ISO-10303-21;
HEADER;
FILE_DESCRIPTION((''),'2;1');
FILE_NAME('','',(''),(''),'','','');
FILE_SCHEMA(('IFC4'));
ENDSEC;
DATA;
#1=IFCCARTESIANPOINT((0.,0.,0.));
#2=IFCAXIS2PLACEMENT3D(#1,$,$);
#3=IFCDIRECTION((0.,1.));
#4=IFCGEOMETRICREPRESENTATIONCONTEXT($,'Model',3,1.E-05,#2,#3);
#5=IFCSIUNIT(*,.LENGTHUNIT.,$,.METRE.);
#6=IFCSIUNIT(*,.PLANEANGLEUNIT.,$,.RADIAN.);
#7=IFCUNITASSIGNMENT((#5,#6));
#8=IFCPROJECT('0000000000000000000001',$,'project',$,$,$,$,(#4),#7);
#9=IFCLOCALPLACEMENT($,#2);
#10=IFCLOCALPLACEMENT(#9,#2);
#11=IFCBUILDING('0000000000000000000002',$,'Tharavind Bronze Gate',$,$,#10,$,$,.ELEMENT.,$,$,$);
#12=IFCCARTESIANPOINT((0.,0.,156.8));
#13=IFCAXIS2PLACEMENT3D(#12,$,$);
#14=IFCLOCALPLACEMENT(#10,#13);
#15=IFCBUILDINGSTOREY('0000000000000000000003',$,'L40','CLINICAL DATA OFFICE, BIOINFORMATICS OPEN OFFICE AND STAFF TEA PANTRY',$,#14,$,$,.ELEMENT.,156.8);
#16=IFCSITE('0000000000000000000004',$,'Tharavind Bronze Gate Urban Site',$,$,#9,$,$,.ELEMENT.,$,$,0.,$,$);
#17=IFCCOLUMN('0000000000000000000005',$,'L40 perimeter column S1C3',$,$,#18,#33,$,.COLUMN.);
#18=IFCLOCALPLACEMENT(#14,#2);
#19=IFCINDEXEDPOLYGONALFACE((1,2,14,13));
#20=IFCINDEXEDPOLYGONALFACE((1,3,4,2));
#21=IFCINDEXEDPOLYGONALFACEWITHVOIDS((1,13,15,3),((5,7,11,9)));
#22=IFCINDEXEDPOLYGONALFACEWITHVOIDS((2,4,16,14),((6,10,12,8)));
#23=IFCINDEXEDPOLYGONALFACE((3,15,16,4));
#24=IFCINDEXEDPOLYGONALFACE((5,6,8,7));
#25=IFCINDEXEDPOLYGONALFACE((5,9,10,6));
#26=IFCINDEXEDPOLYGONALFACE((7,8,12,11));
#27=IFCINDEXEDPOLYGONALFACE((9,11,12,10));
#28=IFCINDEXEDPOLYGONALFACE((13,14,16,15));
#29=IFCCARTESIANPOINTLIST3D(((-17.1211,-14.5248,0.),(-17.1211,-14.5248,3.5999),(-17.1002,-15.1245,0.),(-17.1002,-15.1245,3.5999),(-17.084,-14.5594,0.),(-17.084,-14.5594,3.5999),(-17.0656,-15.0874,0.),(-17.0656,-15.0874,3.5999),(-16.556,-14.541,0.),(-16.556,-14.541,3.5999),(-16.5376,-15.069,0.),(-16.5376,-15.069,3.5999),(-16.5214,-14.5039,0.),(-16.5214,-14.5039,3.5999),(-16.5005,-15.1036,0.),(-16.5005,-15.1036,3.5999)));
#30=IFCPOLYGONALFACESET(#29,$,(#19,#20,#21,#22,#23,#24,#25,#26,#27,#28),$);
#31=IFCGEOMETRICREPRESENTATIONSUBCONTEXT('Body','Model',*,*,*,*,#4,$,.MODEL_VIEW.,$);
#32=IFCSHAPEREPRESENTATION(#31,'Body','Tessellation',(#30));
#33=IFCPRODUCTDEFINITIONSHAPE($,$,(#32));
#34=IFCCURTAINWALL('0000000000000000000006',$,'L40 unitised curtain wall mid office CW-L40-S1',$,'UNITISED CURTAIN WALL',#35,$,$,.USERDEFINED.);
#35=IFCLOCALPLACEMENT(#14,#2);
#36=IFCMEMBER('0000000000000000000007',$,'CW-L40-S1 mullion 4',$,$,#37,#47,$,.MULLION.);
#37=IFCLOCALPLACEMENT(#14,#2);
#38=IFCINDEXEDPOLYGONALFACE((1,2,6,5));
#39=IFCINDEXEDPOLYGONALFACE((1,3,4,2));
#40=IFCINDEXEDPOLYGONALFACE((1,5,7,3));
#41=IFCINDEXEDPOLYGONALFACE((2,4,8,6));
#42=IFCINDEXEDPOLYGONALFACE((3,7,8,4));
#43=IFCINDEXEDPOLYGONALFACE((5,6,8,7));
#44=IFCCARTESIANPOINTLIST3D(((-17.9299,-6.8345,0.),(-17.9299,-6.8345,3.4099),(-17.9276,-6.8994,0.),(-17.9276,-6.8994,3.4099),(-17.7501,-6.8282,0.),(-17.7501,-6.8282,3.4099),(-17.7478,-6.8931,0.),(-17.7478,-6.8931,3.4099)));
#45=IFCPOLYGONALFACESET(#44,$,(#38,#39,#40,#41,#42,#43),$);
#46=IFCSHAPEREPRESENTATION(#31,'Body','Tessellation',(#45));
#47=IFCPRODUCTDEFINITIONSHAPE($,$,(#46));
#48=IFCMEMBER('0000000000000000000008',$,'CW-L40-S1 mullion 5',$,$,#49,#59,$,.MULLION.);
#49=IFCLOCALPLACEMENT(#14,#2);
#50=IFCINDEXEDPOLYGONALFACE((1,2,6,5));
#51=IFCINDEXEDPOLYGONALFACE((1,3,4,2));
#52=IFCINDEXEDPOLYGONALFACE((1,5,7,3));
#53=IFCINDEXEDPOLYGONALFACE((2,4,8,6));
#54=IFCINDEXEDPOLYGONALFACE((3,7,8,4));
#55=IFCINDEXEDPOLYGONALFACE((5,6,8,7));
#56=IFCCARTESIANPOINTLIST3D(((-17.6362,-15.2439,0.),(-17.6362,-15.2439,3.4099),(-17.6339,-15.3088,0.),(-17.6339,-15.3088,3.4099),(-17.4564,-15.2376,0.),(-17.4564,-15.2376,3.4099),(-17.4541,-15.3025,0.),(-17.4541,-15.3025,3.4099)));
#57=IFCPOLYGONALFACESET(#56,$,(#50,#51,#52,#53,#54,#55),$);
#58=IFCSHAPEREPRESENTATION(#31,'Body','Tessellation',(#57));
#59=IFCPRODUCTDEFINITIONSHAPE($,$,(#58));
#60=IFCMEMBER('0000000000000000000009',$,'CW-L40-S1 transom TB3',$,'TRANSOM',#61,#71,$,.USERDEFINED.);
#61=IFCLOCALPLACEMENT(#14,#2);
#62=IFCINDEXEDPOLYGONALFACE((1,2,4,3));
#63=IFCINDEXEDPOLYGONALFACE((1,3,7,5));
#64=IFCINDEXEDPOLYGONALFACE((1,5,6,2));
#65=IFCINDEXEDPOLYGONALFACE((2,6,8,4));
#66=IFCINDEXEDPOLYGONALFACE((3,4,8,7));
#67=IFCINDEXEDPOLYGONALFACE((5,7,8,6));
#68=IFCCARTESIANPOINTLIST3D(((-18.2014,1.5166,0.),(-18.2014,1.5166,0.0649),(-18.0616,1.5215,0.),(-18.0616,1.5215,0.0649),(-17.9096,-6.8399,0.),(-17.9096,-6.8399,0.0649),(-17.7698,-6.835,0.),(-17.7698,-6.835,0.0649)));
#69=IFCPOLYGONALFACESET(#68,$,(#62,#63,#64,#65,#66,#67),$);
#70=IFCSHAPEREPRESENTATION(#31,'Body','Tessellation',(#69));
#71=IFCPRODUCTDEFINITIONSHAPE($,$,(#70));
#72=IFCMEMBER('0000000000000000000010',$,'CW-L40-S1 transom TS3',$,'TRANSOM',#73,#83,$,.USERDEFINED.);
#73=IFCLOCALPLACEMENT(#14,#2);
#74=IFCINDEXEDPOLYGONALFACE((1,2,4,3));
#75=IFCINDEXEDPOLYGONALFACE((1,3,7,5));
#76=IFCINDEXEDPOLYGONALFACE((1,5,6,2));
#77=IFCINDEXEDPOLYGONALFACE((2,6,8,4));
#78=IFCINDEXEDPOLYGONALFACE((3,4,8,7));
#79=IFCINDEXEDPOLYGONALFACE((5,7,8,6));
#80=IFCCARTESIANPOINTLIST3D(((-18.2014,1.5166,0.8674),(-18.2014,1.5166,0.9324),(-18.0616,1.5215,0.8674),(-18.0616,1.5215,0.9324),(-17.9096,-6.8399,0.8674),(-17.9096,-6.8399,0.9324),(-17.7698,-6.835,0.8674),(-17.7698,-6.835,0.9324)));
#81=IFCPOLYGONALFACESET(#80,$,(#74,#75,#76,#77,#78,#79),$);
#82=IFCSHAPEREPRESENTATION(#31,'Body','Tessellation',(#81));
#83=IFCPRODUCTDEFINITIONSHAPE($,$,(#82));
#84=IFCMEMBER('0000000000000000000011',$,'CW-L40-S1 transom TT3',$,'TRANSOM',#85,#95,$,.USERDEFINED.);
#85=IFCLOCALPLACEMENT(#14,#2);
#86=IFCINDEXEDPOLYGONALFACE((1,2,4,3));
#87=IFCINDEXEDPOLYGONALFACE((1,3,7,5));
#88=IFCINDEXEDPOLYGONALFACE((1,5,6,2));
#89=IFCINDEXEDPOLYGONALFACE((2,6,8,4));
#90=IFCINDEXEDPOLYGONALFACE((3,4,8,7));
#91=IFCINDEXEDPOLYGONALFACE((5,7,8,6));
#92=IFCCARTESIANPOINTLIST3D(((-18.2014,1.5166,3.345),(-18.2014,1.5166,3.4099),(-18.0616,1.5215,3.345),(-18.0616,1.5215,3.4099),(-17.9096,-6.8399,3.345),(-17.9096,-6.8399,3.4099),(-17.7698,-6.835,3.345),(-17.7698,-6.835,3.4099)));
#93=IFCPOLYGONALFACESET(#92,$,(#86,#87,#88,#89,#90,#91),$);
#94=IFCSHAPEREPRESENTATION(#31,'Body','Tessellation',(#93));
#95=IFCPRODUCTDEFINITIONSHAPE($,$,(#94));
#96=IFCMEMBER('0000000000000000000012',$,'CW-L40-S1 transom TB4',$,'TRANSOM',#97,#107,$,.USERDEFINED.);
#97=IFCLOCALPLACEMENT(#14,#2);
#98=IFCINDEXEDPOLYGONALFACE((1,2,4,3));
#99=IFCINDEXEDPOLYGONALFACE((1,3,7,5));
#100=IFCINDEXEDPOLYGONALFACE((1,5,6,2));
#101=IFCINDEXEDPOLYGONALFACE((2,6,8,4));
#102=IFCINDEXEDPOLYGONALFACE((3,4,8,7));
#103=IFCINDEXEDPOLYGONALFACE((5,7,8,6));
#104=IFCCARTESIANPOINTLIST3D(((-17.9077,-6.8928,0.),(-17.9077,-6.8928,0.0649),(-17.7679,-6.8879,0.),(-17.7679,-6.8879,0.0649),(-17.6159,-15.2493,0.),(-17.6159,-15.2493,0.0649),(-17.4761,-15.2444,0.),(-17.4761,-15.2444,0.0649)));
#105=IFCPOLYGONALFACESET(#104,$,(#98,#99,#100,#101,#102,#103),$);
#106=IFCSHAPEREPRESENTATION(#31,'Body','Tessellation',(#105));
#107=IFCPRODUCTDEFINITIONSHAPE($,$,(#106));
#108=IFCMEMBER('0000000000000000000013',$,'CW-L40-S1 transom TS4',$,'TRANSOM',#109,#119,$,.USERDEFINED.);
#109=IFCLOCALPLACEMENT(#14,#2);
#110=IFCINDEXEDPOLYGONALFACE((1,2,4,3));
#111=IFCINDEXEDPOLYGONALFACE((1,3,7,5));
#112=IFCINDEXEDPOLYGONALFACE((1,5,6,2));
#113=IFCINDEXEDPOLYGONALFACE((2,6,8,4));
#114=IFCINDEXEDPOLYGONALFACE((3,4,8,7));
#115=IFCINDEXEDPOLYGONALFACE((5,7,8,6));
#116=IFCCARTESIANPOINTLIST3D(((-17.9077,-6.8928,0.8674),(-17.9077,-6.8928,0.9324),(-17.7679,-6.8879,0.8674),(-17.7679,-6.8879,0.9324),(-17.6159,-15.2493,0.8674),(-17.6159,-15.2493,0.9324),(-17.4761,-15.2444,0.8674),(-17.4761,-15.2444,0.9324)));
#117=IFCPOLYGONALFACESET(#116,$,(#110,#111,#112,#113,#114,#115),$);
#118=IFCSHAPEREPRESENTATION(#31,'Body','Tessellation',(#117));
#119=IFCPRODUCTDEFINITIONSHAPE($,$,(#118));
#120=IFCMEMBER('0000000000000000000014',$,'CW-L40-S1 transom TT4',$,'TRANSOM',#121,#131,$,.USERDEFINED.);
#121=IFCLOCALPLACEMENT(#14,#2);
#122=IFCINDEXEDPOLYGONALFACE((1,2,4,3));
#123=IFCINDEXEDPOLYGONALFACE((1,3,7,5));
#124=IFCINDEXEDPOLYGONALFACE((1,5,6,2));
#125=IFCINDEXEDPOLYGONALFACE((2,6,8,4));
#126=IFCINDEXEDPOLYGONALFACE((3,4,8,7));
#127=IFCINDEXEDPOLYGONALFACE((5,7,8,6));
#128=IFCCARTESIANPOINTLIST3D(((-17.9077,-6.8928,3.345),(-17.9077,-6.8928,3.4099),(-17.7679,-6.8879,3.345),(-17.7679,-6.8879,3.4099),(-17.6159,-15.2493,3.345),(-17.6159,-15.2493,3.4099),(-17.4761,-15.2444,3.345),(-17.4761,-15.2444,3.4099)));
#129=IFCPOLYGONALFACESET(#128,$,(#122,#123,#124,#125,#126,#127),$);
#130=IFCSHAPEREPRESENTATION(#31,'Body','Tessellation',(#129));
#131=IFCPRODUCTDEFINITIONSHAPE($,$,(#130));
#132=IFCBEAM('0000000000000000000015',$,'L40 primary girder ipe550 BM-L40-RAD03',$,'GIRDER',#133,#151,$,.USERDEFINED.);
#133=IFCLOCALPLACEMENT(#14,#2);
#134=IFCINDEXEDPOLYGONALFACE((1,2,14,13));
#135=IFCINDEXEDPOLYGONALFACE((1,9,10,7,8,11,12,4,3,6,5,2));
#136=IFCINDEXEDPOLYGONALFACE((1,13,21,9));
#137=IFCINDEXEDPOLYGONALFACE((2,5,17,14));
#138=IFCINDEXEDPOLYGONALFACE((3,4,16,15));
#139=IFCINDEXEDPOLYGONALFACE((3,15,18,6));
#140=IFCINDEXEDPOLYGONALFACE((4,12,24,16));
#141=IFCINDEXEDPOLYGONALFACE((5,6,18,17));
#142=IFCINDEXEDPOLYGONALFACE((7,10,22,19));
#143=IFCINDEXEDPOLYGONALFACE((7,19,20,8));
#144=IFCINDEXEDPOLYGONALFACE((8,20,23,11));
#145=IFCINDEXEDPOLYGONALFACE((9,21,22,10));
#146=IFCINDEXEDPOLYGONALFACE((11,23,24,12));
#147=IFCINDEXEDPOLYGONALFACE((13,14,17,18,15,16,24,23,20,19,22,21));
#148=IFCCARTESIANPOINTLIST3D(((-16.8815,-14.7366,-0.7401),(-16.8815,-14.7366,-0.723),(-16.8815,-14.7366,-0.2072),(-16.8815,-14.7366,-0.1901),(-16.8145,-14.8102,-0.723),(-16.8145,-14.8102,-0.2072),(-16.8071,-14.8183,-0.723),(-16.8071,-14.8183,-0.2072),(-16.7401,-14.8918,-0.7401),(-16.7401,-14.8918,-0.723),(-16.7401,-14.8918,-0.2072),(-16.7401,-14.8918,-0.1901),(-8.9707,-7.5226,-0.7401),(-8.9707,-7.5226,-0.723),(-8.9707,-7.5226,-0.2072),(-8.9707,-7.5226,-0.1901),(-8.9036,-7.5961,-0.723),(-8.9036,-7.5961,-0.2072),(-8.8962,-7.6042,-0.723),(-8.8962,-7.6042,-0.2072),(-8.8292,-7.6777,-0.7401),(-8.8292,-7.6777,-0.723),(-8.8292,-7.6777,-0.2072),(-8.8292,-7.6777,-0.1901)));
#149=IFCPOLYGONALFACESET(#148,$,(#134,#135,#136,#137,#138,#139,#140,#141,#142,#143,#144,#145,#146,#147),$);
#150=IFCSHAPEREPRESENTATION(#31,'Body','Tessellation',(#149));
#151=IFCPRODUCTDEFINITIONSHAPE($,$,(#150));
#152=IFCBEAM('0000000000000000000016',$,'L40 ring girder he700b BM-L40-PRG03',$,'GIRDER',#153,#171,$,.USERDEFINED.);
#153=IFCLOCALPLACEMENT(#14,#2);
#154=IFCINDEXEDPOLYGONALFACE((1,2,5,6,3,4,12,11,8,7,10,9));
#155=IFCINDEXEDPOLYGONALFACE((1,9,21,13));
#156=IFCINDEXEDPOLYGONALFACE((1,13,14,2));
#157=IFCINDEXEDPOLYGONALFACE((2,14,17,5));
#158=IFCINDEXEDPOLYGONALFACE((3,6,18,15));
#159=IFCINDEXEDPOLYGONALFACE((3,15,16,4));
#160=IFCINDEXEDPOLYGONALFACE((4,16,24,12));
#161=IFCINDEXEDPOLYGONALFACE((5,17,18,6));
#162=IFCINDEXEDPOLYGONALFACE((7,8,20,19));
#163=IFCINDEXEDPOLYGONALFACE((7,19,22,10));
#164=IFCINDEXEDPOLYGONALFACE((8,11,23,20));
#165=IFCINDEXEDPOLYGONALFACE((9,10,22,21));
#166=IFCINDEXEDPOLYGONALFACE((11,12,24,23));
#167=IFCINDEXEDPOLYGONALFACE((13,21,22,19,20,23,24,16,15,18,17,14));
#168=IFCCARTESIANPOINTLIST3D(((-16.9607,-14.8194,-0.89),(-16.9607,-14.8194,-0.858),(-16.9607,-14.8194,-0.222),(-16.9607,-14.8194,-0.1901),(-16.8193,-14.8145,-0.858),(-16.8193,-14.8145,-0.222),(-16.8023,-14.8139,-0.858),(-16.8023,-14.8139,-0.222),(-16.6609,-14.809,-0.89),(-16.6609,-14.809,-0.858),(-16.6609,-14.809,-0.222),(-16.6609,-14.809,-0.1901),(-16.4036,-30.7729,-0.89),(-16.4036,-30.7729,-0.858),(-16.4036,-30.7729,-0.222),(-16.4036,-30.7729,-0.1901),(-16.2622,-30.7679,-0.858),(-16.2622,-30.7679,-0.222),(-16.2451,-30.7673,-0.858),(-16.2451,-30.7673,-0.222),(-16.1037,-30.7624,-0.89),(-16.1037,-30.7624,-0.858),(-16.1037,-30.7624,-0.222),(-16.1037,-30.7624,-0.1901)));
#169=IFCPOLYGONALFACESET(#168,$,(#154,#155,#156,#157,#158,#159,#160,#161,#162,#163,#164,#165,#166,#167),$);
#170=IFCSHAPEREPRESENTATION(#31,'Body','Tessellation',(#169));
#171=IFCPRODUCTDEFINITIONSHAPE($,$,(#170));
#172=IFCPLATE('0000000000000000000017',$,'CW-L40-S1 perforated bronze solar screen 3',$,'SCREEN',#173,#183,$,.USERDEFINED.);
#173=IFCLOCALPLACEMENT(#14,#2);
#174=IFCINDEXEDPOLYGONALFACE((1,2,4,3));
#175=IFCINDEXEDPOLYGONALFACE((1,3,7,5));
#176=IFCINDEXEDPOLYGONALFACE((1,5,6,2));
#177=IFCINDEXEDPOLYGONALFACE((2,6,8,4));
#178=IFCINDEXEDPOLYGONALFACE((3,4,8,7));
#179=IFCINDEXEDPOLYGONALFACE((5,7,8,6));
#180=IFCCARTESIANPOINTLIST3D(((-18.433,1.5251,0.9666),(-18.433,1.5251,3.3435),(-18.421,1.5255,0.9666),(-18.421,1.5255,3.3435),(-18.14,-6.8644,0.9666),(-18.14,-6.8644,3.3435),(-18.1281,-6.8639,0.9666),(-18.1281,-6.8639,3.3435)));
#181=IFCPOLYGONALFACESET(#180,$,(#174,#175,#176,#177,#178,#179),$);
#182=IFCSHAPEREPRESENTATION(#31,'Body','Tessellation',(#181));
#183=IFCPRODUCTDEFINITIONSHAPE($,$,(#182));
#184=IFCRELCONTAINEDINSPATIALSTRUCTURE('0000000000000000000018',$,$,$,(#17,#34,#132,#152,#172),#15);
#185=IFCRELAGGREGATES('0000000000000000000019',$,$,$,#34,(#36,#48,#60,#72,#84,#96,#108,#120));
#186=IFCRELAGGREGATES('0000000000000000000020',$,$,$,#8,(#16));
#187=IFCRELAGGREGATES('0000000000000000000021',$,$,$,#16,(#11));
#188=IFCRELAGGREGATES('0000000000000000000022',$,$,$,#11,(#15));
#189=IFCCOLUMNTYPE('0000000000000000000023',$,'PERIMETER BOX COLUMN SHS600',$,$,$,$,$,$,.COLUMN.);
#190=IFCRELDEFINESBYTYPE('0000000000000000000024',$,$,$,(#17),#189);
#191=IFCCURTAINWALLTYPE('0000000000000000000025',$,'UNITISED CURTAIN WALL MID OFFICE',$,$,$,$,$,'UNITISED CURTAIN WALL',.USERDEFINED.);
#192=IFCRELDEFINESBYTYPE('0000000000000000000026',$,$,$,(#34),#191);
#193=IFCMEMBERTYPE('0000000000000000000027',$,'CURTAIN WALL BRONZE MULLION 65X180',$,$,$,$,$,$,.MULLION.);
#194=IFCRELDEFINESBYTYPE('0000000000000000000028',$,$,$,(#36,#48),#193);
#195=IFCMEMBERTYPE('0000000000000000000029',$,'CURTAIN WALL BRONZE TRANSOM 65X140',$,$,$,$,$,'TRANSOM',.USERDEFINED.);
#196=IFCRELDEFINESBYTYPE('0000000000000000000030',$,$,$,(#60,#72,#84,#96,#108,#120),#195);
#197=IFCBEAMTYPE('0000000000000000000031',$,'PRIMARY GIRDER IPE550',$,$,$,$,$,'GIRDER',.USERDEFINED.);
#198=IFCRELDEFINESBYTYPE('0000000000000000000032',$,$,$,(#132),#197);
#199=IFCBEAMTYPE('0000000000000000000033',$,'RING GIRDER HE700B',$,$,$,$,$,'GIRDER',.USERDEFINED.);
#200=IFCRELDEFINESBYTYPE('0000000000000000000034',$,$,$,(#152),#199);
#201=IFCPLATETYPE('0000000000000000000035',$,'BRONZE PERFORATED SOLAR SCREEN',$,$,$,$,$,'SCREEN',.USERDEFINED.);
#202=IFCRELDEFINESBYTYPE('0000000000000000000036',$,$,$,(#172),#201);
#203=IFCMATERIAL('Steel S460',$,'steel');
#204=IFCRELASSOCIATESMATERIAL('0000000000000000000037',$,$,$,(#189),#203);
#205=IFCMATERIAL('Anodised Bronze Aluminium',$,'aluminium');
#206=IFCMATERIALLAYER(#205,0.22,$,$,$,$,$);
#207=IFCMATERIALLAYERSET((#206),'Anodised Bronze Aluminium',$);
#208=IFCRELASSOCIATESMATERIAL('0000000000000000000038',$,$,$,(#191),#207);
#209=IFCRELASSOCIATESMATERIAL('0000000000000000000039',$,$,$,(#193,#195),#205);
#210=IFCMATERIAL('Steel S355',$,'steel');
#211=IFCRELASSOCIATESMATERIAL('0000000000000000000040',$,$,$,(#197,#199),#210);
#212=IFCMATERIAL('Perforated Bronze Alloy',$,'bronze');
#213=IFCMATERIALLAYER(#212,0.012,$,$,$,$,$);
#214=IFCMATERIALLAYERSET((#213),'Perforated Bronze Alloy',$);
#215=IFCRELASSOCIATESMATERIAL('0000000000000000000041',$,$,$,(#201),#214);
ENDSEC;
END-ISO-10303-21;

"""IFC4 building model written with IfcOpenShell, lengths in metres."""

from ifc_helpers import new_model, si_unit, direction, frame, origin, origin_2d, place, context, subcontext, project, spatial, rectangle, hollow_rectangle, i_section, extrude, material, layer, layer_set, material_profile, profile_set, type_object, element, aggregate, save


model = new_model("IFC4")

# Units and contexts
model_context = context("Model", 3, precision=1e-05, world=origin(), true_north=direction((0.0, 1.0)))
body_context = subcontext(model_context, "Body", "Model", "MODEL_VIEW")
ifc_project = project(units=[si_unit("LENGTHUNIT", "METRE"), si_unit("PLANEANGLEUNIT", "RADIAN")], contexts=[model_context])

# Site, building, storey
site_placement = place(None, origin())
site = spatial("IfcSite", under=ifc_project, at=site_placement, Name="Tharavind Bronze Gate Urban Site", CompositionType="ELEMENT", RefElevation=0.0)
building_placement = place(site_placement, origin())
building = spatial("IfcBuilding", under=site, at=building_placement, Name="Tharavind Bronze Gate", CompositionType="ELEMENT")
storey_placement = place(building_placement, frame((0.0, 0.0, 156.8)))
storey = spatial("IfcBuildingStorey", under=building, at=storey_placement, Name="L40", Description="CLINICAL DATA OFFICE, BIOINFORMATICS OPEN OFFICE AND STAFF TEA PANTRY", CompositionType="ELEMENT", Elevation=156.8)

# Column
ifc_material_1 = material(Name="Steel S460", Category="steel")
ifc_material_profile_1 = material_profile(ifc_material_1, hollow_rectangle(XDim=0.6001, YDim=0.6001, WallThickness=0.0359, at=origin_2d()), Name="SHS600X36")
ifc_profile_set_1 = profile_set([ifc_material_profile_1], Name="Steel S460")
column_type = type_object("IfcColumnType", Name="PERIMETER BOX COLUMN SHS600", PredefinedType="COLUMN", material=ifc_profile_set_1)
column_placement = place(storey_placement, frame((-16.8108, -14.8142, 0.0), z_axis=(0.0, 0.0, 1.0), x_axis=(-0.034899, 0.999391, 0.0)))
element("IfcColumn", 1, at=column_placement, inside=storey, type_object=column_type, Name="L40 perimeter column S1C3", PredefinedType="COLUMN", context=body_context, shape_type="SweptSolid", body=[
    extrude(hollow_rectangle(XDim=0.6001, YDim=0.6001, WallThickness=0.0359, at=origin_2d()), origin(), (0.0, 0.0, 1.0), 3.5999),
])

# Curtain wall, members
ifc_material_2 = material(Name="Anodised Bronze Aluminium", Category="aluminium")
ifc_layer_1 = layer(ifc_material_2, 0.22)
ifc_layer_set_1 = layer_set([ifc_layer_1], Name="Anodised Bronze Aluminium")
curtain_wall_type = type_object("IfcCurtainWallType", Name="UNITISED CURTAIN WALL MID OFFICE", ElementType="UNITISED CURTAIN WALL", PredefinedType="USERDEFINED", material=ifc_layer_set_1)
curtain_wall_placement = place(storey_placement, origin())
curtain_wall = element("IfcCurtainWall", 2, at=curtain_wall_placement, inside=storey, type_object=curtain_wall_type, Name="L40 unitised curtain wall mid office CW-L40-S1", ObjectType="UNITISED CURTAIN WALL", PredefinedType="USERDEFINED")
member_type_1 = type_object("IfcMemberType", Name="CURTAIN WALL BRONZE MULLION 65X180", PredefinedType="MULLION", material=ifc_material_2)
member_1_placement = place(storey_placement, frame((-17.8389, -6.8638, 0.0), z_axis=(0.0, 0.0, 1.0), x_axis=(0.034899, -0.999391, 0.0)))
member_1 = element("IfcMember", 3, at=member_1_placement, type_object=member_type_1, Name="CW-L40-S1 mullion 4", PredefinedType="MULLION", context=body_context, shape_type="SweptSolid", body=[
    extrude(rectangle(XDim=0.0649, YDim=0.1799, at=origin_2d()), origin(), (0.0, 0.0, 1.0), 3.4099),
])
member_2_placement = place(storey_placement, frame((-17.5452, -15.2732, 0.0), z_axis=(0.0, 0.0, 1.0), x_axis=(0.034899, -0.999391, 0.0)))
member_2 = element("IfcMember", 4, at=member_2_placement, type_object=member_type_1, Name="CW-L40-S1 mullion 5", PredefinedType="MULLION", context=body_context, shape_type="SweptSolid", body=[
    extrude(rectangle(XDim=0.0649, YDim=0.1799, at=origin_2d()), origin(), (0.0, 0.0, 1.0), 3.4099),
])
member_type_2 = type_object("IfcMemberType", Name="CURTAIN WALL BRONZE TRANSOM 65X140", ElementType="TRANSOM", PredefinedType="USERDEFINED", material=ifc_material_2)
member_3_placement = place(storey_placement, frame((-17.9856, -2.6592, 0.0), z_axis=(0.0, 0.0, 1.0), x_axis=(0.034899, -0.999391, 0.0)))
member_3 = element("IfcMember", 5, at=member_3_placement, type_object=member_type_2, Name="CW-L40-S1 transom TB3", ObjectType="TRANSOM", PredefinedType="USERDEFINED", context=body_context, shape_type="SweptSolid", body=[
    extrude(rectangle(XDim=8.3616, YDim=0.1399, at=origin_2d()), origin(), (0.0, 0.0, 1.0), 0.0649),
])
member_4_placement = place(storey_placement, frame((-17.9856, -2.6592, 0.8674), z_axis=(0.0, 0.0, 1.0), x_axis=(0.034899, -0.999391, 0.0)))
member_4 = element("IfcMember", 6, at=member_4_placement, type_object=member_type_2, Name="CW-L40-S1 transom TS3", ObjectType="TRANSOM", PredefinedType="USERDEFINED", context=body_context, shape_type="SweptSolid", body=[
    extrude(rectangle(XDim=8.3616, YDim=0.1399, at=origin_2d()), origin(), (0.0, 0.0, 1.0), 0.0649),
])
member_5_placement = place(storey_placement, frame((-17.9856, -2.6592, 3.345), z_axis=(0.0, 0.0, 1.0), x_axis=(0.034899, -0.999391, 0.0)))
member_5 = element("IfcMember", 7, at=member_5_placement, type_object=member_type_2, Name="CW-L40-S1 transom TT3", ObjectType="TRANSOM", PredefinedType="USERDEFINED", context=body_context, shape_type="SweptSolid", body=[
    extrude(rectangle(XDim=8.3616, YDim=0.1399, at=origin_2d()), origin(), (0.0, 0.0, 1.0), 0.0649),
])
member_6_placement = place(storey_placement, frame((-17.6919, -11.0686, 0.0), z_axis=(0.0, 0.0, 1.0), x_axis=(0.034899, -0.999391, 0.0)))
member_6 = element("IfcMember", 8, at=member_6_placement, type_object=member_type_2, Name="CW-L40-S1 transom TB4", ObjectType="TRANSOM", PredefinedType="USERDEFINED", context=body_context, shape_type="SweptSolid", body=[
    extrude(rectangle(XDim=8.3616, YDim=0.1399, at=origin_2d()), origin(), (0.0, 0.0, 1.0), 0.0649),
])
member_7_placement = place(storey_placement, frame((-17.6919, -11.0686, 0.8674), z_axis=(0.0, 0.0, 1.0), x_axis=(0.034899, -0.999391, 0.0)))
member_7 = element("IfcMember", 9, at=member_7_placement, type_object=member_type_2, Name="CW-L40-S1 transom TS4", ObjectType="TRANSOM", PredefinedType="USERDEFINED", context=body_context, shape_type="SweptSolid", body=[
    extrude(rectangle(XDim=8.3616, YDim=0.1399, at=origin_2d()), origin(), (0.0, 0.0, 1.0), 0.0649),
])
member_8_placement = place(storey_placement, frame((-17.6919, -11.0686, 3.345), z_axis=(0.0, 0.0, 1.0), x_axis=(0.034899, -0.999391, 0.0)))
member_8 = element("IfcMember", 10, at=member_8_placement, type_object=member_type_2, Name="CW-L40-S1 transom TT4", ObjectType="TRANSOM", PredefinedType="USERDEFINED", context=body_context, shape_type="SweptSolid", body=[
    extrude(rectangle(XDim=8.3616, YDim=0.1399, at=origin_2d()), origin(), (0.0, 0.0, 1.0), 0.0649),
])

# Beams
ifc_material_3 = material(Name="Steel S355", Category="steel")
ifc_material_profile_2 = material_profile(ifc_material_3, i_section(OverallWidth=0.21, OverallDepth=0.55, WebThickness=0.011, FlangeThickness=0.0171, at=origin_2d()), Name="IPE550")
ifc_profile_set_2 = profile_set([ifc_material_profile_2], Name="Steel S355")
beam_type_1 = type_object("IfcBeamType", Name="PRIMARY GIRDER IPE550", ElementType="GIRDER", PredefinedType="USERDEFINED", material=ifc_profile_set_2)
beam_1_placement = place(storey_placement, frame((-16.8108, -14.8142, -0.4651), z_axis=(0.738898, 0.673817, 0.0), x_axis=(-0.673817, 0.738898, 0.0)))
element("IfcBeam", 11, at=beam_1_placement, inside=storey, type_object=beam_type_1, Name="L40 primary girder ipe550 BM-L40-RAD03", ObjectType="GIRDER", PredefinedType="USERDEFINED", context=body_context, shape_type="SweptSolid", body=[
    extrude(i_section(OverallWidth=0.21, OverallDepth=0.55, WebThickness=0.011, FlangeThickness=0.0171, at=origin_2d()), origin(), (0.0, 0.0, 1.0), 10.7063),
])
ifc_material_profile_3 = material_profile(ifc_material_3, i_section(OverallWidth=0.3, OverallDepth=0.7, WebThickness=0.0171, FlangeThickness=0.032, at=origin_2d()), Name="HE700B")
ifc_profile_set_3 = profile_set([ifc_material_profile_3], Name="Steel S355")
beam_type_2 = type_object("IfcBeamType", Name="RING GIRDER HE700B", ElementType="GIRDER", PredefinedType="USERDEFINED", material=ifc_profile_set_3)
beam_2_placement = place(storey_placement, frame((-16.8108, -14.8142, -0.54), z_axis=(0.034901, -0.999391, 0.0), x_axis=(0.999391, 0.034901, 0.0)))
element("IfcBeam", 12, at=beam_2_placement, inside=storey, type_object=beam_type_2, Name="L40 ring girder he700b BM-L40-PRG03", ObjectType="GIRDER", PredefinedType="USERDEFINED", context=body_context, shape_type="SweptSolid", body=[
    extrude(i_section(OverallWidth=0.3, OverallDepth=0.7, WebThickness=0.0171, FlangeThickness=0.032, at=origin_2d()), origin(), (0.0, 0.0, 1.0), 15.9631),
])

# Plate
ifc_material_4 = material(Name="Perforated Bronze Alloy", Category="bronze")
ifc_layer_2 = layer(ifc_material_4, 0.012)
ifc_layer_set_2 = layer_set([ifc_layer_2], Name="Perforated Bronze Alloy")
plate_type_1 = type_object("IfcPlateType", Name="BRONZE PERFORATED SOLAR SCREEN", ElementType="SCREEN", PredefinedType="USERDEFINED", material=ifc_layer_set_2)
plate_1_placement = place(storey_placement, frame((-18.2805, -2.6694, 0.9666), z_axis=(0.0, 0.0, 1.0), x_axis=(0.034899, -0.999391, 0.0)))
element("IfcPlate", 13, at=plate_1_placement, inside=storey, type_object=plate_type_1, Name="CW-L40-S1 perforated bronze solar screen 3", ObjectType="SCREEN", PredefinedType="USERDEFINED", context=body_context, shape_type="SweptSolid", body=[
    extrude(rectangle(XDim=8.3945, YDim=0.012, at=origin_2d()), origin(), (0.0, 0.0, 1.0), 2.377),
])
aggregate(curtain_wall, [member_1, member_2, member_3, member_4, member_5, member_6, member_7, member_8])

save(model, "model.ifc")
